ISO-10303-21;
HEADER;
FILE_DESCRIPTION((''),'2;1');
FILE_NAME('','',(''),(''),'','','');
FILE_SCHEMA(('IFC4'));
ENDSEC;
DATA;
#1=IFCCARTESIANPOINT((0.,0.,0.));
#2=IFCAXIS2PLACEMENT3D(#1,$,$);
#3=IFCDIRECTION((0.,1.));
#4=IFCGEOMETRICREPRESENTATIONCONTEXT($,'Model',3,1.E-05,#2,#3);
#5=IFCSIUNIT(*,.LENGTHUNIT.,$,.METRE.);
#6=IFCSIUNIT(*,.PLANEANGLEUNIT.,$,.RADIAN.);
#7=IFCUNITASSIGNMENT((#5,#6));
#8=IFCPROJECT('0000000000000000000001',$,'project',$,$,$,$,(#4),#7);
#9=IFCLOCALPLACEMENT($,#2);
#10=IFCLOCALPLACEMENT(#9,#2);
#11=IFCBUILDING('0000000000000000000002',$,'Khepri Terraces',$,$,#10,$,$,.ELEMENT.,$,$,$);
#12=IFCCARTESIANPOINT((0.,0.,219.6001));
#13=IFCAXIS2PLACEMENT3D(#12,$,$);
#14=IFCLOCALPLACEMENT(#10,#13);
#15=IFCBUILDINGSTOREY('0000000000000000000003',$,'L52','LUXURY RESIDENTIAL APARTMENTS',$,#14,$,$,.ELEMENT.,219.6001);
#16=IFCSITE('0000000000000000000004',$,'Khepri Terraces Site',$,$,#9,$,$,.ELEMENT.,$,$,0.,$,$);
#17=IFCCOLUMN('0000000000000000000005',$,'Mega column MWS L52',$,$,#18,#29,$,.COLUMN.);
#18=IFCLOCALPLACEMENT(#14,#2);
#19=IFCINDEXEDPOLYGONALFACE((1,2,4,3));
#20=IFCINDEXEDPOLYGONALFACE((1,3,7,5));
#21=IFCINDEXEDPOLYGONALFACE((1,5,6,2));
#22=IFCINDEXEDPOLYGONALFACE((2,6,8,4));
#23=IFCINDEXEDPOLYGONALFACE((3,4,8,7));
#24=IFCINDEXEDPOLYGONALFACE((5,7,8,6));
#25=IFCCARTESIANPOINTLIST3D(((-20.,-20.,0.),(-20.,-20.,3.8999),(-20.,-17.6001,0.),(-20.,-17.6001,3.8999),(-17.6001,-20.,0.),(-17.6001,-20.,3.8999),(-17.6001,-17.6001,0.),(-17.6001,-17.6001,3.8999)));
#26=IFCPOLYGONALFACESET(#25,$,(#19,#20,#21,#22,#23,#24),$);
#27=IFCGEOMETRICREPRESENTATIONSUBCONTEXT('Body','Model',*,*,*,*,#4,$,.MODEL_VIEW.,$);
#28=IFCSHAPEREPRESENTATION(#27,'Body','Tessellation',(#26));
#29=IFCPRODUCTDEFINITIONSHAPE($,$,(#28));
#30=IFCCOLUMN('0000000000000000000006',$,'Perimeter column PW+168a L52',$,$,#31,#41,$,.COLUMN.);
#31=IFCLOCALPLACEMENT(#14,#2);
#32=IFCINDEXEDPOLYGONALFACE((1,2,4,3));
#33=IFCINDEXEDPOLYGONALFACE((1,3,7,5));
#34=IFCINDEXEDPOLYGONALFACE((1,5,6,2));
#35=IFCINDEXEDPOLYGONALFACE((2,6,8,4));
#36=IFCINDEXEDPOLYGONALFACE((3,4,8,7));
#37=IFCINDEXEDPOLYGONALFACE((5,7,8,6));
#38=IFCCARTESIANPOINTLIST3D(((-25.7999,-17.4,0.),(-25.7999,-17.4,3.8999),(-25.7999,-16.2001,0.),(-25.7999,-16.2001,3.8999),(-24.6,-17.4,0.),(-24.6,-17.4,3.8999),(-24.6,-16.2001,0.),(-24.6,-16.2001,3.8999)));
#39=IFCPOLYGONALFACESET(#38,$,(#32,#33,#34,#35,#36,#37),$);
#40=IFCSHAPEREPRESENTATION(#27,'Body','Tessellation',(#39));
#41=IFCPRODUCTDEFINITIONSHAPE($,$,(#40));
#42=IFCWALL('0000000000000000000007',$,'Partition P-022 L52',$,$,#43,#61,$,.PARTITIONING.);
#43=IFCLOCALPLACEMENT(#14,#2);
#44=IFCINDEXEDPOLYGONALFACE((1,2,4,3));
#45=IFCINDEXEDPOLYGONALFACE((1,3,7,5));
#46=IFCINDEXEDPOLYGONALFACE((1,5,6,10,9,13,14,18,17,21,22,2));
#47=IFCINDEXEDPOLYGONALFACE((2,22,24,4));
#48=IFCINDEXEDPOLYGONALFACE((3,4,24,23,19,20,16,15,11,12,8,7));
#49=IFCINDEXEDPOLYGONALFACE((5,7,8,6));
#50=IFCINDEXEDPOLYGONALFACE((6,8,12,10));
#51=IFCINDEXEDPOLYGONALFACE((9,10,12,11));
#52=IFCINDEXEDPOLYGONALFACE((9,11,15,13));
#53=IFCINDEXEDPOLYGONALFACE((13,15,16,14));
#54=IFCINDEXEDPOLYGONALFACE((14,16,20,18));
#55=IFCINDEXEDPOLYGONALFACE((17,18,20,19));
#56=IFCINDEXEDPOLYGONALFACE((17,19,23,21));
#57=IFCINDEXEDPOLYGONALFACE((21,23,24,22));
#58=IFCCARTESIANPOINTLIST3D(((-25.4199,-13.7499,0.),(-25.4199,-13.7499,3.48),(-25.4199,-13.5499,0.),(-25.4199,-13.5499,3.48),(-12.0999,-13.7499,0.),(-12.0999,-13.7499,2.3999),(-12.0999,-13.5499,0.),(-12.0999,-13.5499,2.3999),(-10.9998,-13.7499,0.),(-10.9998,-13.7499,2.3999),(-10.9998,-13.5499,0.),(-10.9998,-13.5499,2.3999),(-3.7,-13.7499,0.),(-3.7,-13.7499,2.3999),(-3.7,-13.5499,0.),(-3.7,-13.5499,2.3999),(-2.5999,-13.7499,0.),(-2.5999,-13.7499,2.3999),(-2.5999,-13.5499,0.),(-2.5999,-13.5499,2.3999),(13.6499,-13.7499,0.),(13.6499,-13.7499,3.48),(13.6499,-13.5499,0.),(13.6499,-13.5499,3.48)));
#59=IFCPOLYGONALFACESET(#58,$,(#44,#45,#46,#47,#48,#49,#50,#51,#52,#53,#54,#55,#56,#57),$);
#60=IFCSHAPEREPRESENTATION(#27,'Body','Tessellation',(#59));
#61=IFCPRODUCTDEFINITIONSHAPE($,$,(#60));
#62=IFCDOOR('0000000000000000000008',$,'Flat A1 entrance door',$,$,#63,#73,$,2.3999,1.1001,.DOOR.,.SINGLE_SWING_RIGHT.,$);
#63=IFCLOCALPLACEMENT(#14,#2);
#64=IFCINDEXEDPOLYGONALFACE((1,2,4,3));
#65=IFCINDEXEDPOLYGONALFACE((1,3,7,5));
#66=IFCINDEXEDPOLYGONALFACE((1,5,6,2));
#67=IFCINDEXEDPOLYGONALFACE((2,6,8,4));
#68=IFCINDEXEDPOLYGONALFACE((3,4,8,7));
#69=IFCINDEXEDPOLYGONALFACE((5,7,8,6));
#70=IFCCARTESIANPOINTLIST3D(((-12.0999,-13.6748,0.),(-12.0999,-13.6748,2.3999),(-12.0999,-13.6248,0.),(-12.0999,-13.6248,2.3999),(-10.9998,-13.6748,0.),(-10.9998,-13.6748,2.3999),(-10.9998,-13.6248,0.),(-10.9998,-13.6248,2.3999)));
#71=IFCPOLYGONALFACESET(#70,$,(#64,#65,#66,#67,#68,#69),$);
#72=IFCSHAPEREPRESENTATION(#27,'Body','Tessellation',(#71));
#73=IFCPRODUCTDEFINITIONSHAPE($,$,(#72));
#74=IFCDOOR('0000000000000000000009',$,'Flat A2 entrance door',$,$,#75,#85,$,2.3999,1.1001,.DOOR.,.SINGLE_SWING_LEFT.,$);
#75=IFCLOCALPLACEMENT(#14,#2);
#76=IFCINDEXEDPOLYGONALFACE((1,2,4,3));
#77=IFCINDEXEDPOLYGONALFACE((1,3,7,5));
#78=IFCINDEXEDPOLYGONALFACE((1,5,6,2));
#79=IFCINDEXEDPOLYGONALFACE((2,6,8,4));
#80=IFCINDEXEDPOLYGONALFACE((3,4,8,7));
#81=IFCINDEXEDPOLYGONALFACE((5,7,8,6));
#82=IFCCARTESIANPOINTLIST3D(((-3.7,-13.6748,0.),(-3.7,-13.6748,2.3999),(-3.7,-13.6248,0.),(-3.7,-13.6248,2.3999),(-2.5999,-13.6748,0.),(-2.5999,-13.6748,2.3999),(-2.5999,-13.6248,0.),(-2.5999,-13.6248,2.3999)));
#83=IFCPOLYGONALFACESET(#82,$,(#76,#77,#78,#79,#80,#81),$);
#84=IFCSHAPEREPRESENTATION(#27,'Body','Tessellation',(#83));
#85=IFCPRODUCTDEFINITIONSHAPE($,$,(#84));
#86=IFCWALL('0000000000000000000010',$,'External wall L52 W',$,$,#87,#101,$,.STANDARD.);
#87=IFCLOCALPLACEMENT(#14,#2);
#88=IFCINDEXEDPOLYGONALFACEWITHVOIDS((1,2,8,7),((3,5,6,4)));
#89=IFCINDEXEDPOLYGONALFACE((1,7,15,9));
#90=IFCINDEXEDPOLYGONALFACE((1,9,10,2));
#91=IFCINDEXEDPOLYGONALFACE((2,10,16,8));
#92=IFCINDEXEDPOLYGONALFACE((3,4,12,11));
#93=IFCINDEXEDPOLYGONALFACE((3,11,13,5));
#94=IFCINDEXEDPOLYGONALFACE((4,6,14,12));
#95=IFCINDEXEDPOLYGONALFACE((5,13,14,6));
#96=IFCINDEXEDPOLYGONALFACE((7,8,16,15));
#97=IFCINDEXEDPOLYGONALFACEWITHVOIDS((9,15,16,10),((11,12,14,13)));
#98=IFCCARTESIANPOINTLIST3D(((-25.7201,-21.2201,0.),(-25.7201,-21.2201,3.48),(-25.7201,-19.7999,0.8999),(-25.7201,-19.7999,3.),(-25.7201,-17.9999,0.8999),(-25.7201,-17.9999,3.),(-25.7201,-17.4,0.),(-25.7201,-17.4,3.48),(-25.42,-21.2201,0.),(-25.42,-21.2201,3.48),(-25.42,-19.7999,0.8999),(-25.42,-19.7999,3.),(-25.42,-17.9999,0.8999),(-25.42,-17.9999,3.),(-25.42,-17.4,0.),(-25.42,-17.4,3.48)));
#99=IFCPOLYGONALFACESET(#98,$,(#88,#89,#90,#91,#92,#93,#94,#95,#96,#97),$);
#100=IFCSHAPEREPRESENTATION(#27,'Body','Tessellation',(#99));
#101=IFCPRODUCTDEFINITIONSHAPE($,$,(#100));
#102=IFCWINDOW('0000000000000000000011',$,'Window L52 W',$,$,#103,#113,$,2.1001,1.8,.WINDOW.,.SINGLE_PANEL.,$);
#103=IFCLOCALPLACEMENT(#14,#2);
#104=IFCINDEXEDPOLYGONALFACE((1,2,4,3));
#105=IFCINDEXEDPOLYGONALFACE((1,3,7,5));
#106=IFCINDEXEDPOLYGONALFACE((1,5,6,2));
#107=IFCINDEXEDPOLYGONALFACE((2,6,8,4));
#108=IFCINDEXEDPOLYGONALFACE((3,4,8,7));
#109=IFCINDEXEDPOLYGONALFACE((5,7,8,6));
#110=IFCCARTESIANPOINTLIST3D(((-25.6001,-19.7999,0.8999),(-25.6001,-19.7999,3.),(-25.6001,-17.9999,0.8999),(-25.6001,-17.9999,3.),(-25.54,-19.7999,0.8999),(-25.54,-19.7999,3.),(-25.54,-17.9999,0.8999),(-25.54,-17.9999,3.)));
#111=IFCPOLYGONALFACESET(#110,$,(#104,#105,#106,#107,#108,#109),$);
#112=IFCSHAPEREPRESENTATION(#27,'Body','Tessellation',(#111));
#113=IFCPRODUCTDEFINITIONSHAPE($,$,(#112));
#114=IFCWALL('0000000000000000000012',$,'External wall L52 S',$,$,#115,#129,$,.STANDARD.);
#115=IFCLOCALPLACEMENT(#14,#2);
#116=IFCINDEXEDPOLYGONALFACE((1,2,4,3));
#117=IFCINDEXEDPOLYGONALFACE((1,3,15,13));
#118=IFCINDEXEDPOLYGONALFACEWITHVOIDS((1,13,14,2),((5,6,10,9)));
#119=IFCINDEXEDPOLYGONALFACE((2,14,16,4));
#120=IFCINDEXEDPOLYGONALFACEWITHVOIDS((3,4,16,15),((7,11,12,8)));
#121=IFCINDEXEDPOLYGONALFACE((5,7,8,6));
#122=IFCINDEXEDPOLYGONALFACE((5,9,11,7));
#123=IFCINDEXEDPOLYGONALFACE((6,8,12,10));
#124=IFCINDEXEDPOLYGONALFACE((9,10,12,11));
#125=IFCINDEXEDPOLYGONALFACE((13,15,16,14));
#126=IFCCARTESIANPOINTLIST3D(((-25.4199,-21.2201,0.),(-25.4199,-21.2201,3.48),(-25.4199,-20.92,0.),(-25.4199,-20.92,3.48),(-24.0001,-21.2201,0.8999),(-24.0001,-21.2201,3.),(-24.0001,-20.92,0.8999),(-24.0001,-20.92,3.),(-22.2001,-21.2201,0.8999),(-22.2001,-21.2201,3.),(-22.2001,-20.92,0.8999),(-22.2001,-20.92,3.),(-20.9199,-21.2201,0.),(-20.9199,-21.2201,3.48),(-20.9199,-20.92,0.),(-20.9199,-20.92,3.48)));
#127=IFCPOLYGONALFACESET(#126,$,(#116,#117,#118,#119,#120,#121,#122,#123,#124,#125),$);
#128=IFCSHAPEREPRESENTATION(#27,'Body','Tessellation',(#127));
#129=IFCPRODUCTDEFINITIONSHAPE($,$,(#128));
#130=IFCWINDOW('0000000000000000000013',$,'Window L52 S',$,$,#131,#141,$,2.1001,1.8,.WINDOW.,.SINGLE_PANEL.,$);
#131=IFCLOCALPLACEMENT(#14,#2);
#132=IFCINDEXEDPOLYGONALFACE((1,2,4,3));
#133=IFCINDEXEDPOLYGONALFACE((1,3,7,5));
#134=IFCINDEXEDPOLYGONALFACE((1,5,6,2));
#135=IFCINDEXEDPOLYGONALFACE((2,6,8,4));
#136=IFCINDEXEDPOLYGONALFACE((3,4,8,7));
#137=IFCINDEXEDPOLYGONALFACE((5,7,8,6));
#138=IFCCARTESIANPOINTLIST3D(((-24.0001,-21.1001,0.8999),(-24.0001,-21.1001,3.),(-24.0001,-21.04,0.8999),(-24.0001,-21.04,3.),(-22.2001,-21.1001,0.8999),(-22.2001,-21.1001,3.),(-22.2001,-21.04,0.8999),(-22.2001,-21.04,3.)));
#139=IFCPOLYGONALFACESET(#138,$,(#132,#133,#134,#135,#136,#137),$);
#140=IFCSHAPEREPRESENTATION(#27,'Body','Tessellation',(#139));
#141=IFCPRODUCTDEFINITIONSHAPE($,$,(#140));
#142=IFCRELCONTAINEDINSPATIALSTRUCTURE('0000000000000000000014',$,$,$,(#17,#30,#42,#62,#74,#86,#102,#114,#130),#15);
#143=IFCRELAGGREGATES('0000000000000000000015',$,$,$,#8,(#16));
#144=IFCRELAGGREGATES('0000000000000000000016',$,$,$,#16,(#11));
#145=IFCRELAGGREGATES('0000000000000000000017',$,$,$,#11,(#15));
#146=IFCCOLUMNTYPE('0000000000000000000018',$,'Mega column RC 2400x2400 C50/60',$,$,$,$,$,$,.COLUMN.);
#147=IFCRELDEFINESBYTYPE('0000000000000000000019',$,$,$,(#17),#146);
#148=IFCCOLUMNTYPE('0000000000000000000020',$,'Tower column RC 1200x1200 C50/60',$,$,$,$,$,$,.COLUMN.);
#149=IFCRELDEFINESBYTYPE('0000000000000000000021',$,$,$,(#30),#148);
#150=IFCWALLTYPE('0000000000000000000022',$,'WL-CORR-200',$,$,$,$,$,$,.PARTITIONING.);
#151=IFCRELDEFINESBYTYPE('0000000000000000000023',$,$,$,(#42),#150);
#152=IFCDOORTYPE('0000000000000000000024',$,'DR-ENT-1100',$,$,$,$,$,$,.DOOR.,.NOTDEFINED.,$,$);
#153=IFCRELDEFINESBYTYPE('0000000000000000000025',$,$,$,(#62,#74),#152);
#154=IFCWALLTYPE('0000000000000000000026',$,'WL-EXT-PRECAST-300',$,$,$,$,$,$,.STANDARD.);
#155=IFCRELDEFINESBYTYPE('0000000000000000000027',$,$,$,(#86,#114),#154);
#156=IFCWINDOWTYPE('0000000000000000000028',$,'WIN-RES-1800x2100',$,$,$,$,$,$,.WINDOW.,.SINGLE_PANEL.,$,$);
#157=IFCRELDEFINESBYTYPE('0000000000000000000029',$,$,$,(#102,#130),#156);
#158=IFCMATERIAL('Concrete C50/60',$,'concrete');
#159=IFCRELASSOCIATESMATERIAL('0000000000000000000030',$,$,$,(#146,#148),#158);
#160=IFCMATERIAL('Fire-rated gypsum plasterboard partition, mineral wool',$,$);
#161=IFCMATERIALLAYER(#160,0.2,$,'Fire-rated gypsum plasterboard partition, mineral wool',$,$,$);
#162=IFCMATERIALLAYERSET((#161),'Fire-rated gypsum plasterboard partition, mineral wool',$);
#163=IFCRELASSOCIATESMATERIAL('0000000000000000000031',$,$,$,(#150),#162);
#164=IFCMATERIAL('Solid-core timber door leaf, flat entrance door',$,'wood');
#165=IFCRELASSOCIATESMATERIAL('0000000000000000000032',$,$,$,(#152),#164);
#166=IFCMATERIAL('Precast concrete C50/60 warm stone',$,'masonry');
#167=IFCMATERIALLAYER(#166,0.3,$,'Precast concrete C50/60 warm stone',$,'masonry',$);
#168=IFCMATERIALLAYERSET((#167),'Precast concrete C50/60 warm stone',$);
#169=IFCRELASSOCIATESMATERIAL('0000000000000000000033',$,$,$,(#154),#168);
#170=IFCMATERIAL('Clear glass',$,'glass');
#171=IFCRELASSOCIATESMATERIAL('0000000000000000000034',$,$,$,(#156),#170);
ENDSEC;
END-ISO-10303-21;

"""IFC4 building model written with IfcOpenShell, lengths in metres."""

from ifc_helpers import new_model, si_unit, direction, frame, frame_2d, origin, origin_2d, place, context, subcontext, project, spatial, rectangle, extrude, material, layer, layer_set, material_profile, profile_set, type_object, element, fill, save


model = new_model("IFC4")

# Units and contexts
model_context = context("Model", 3, precision=1e-05, world=origin(), true_north=direction((0.0, 1.0)))
body_context = subcontext(model_context, "Body", "Model", "MODEL_VIEW")
ifc_project = project(units=[si_unit("LENGTHUNIT", "METRE"), si_unit("PLANEANGLEUNIT", "RADIAN")], contexts=[model_context])

# Site, building, storey
site_placement = place(None, origin())
site = spatial("IfcSite", under=ifc_project, at=site_placement, Name="Khepri Terraces Site", CompositionType="ELEMENT", RefElevation=0.0)
building_placement = place(site_placement, origin())
building = spatial("IfcBuilding", under=site, at=building_placement, Name="Khepri Terraces", CompositionType="ELEMENT")
storey_placement = place(building_placement, frame((0.0, 0.0, 219.6001)))
storey = spatial("IfcBuildingStorey", under=building, at=storey_placement, Name="L52", Description="LUXURY RESIDENTIAL APARTMENTS", CompositionType="ELEMENT", Elevation=219.6001)

# Columns
ifc_material_1 = material(Name="Concrete C50/60", Category="concrete")
ifc_material_profile_1 = material_profile(ifc_material_1, rectangle(XDim=2.3999, YDim=2.3999, at=origin_2d()), Name="Concrete C50/60", Category="concrete")
ifc_profile_set_1 = profile_set([ifc_material_profile_1], Name="Concrete C50/60")
column_type_1 = type_object("IfcColumnType", Name="Mega column RC 2400x2400 C50/60", PredefinedType="COLUMN", material=ifc_profile_set_1)
column_1_placement = place(storey_placement, frame((-18.8, -18.8, 0.0), z_axis=(0.0, 0.0, 1.0), x_axis=(1.0, 0.0, 0.0)))
element("IfcColumn", 1, at=column_1_placement, inside=storey, type_object=column_type_1, Name="Mega column MWS L52", PredefinedType="COLUMN", context=body_context, shape_type="SweptSolid", body=[
    extrude(rectangle(XDim=2.3999, YDim=2.3999, at=origin_2d()), origin(), (0.0, 0.0, 1.0), 3.8999),
])
ifc_material_profile_2 = material_profile(ifc_material_1, rectangle(XDim=1.2, YDim=1.2, at=origin_2d()), Name="Concrete C50/60", Category="concrete")
ifc_profile_set_2 = profile_set([ifc_material_profile_2], Name="Concrete C50/60")
column_type_2 = type_object("IfcColumnType", Name="Tower column RC 1200x1200 C50/60", PredefinedType="COLUMN", material=ifc_profile_set_2)
column_2_placement = place(storey_placement, frame((-25.2, -16.8, 0.0), z_axis=(0.0, 0.0, 1.0), x_axis=(1.0, 0.0, 0.0)))
element("IfcColumn", 2, at=column_2_placement, inside=storey, type_object=column_type_2, Name="Perimeter column PW+168a L52", PredefinedType="COLUMN", context=body_context, shape_type="SweptSolid", body=[
    extrude(rectangle(XDim=1.2, YDim=1.2, at=origin_2d()), origin(), (0.0, 0.0, 1.0), 3.8999),
])

# Wall, openings, doors
ifc_material_2 = material(Name="Fire-rated gypsum plasterboard partition, mineral wool")
ifc_layer_1 = layer(ifc_material_2, 0.2, Name="Fire-rated gypsum plasterboard partition, mineral wool")
ifc_layer_set_1 = layer_set([ifc_layer_1], Name="Fire-rated gypsum plasterboard partition, mineral wool")
wall_type_1 = type_object("IfcWallType", Name="WL-CORR-200", PredefinedType="PARTITIONING", material=ifc_layer_set_1)
wall_1_placement = place(storey_placement, frame((-25.4199, -13.6499, 0.0), z_axis=(0.0, 0.0, 1.0), x_axis=(1.0, 0.0, 0.0)))
wall_1 = element("IfcWall", 3, at=wall_1_placement, inside=storey, type_object=wall_type_1, Name="Partition P-022 L52", PredefinedType="PARTITIONING", context=body_context, shape_type="SweptSolid", body=[
    extrude(rectangle(XDim=39.0698, YDim=0.2, at=frame_2d((19.5349, 0.0))), origin(), (0.0, 0.0, 1.0), 3.48),
])
opening_1_placement = place(wall_1_placement, frame((13.3201, 0.0, 0.0)))
opening_1 = element("IfcOpeningElement", 4, at=opening_1_placement, cuts=wall_1, PredefinedType="OPENING", context=body_context, shape_type="SweptSolid", body=[
    extrude(rectangle(XDim=1.1001, YDim=2.3999, at=frame_2d((0.55, 1.2))), frame((0.0, 0.1099, 0.0), z_axis=(0.0, -1.0, 0.0), x_axis=(1.0, 0.0, 0.0)), (0.0, 0.0, 1.0), 0.22),
])
opening_2_placement = place(wall_1_placement, frame((21.72, 0.0, 0.0)))
opening_2 = element("IfcOpeningElement", 5, at=opening_2_placement, cuts=wall_1, PredefinedType="OPENING", context=body_context, shape_type="SweptSolid", body=[
    extrude(rectangle(XDim=1.1001, YDim=2.3999, at=frame_2d((0.55, 1.2))), frame((0.0, 0.1099, 0.0), z_axis=(0.0, -1.0, 0.0), x_axis=(1.0, 0.0, 0.0)), (0.0, 0.0, 1.0), 0.22),
])
ifc_material_3 = material(Name="Solid-core timber door leaf, flat entrance door", Category="wood")
door_type_1 = type_object("IfcDoorType", Name="DR-ENT-1100", OperationType="NOTDEFINED", PredefinedType="DOOR", material=ifc_material_3)
door_1_placement = place(opening_1_placement, frame((1.1001, 0.0, 0.0), z_axis=(0.0, 0.0, 1.0), x_axis=(-1.0, 0.0, 0.0)))
door_1 = element("IfcDoor", 6, at=door_1_placement, inside=storey, type_object=door_type_1, Name="Flat A1 entrance door", OperationType="SINGLE_SWING_RIGHT", OverallHeight=2.3999, OverallWidth=1.1001, PredefinedType="DOOR", context=body_context, shape_type="SweptSolid", body=[
    extrude(rectangle(XDim=1.1001, YDim=2.3999, at=frame_2d((0.55, 1.2))), frame((0.0, 0.0249, 0.0), z_axis=(0.0, -1.0, 0.0), x_axis=(1.0, 0.0, 0.0)), (0.0, 0.0, 1.0), 0.05),
])
fill(opening_1, door_1)
door_2_placement = place(opening_2_placement, frame((1.1001, 0.0, 0.0), z_axis=(0.0, 0.0, 1.0), x_axis=(-1.0, 0.0, 0.0)))
door_2 = element("IfcDoor", 7, at=door_2_placement, inside=storey, type_object=door_type_1, Name="Flat A2 entrance door", OperationType="SINGLE_SWING_LEFT", OverallHeight=2.3999, OverallWidth=1.1001, PredefinedType="DOOR", context=body_context, shape_type="SweptSolid", body=[
    extrude(rectangle(XDim=1.1001, YDim=2.3999, at=frame_2d((0.55, 1.2))), frame((0.0, 0.0249, 0.0), z_axis=(0.0, -1.0, 0.0), x_axis=(1.0, 0.0, 0.0)), (0.0, 0.0, 1.0), 0.05),
])
fill(opening_2, door_2)

# Walls, openings, windows
ifc_material_4 = material(Name="Precast concrete C50/60 warm stone", Category="masonry")
ifc_layer_2 = layer(ifc_material_4, 0.3, Name="Precast concrete C50/60 warm stone", Category="masonry")
ifc_layer_set_2 = layer_set([ifc_layer_2], Name="Precast concrete C50/60 warm stone")
wall_type_2 = type_object("IfcWallType", Name="WL-EXT-PRECAST-300", PredefinedType="STANDARD", material=ifc_layer_set_2)
wall_2_placement = place(storey_placement, frame((-25.5701, -17.3999, 0.0), z_axis=(0.0, 0.0, 1.0), x_axis=(0.0, -1.0, 0.0)))
wall_2 = element("IfcWall", 8, at=wall_2_placement, inside=storey, type_object=wall_type_2, Name="External wall L52 W", PredefinedType="STANDARD", context=body_context, shape_type="SweptSolid", body=[
    extrude(rectangle(XDim=3.8201, YDim=0.3, at=frame_2d((1.9102, 0.0))), origin(), (0.0, 0.0, 1.0), 3.48),
])
opening_3_placement = place(wall_2_placement, frame((0.6001, 0.0, 0.8999)))
opening_3 = element("IfcOpeningElement", 9, at=opening_3_placement, cuts=wall_2, PredefinedType="OPENING", context=body_context, shape_type="SweptSolid", body=[
    extrude(rectangle(XDim=1.8, YDim=2.1001, at=frame_2d((0.8999, 1.05))), frame((0.0, 0.1602, 0.0), z_axis=(0.0, -1.0, 0.0), x_axis=(1.0, 0.0, 0.0)), (0.0, 0.0, 1.0), 0.3201),
])
ifc_material_5 = material(Name="Clear glass", Category="glass")
window_type = type_object("IfcWindowType", Name="WIN-RES-1800x2100", PartitioningType="SINGLE_PANEL", PredefinedType="WINDOW", material=ifc_material_5)
window_1_placement = place(opening_3_placement, origin())
window_1 = element("IfcWindow", 10, at=window_1_placement, inside=storey, type_object=window_type, Name="Window L52 W", OverallHeight=2.1001, OverallWidth=1.8, PartitioningType="SINGLE_PANEL", PredefinedType="WINDOW", context=body_context, shape_type="SweptSolid", body=[
    extrude(rectangle(XDim=1.8, YDim=2.1001, at=frame_2d((0.8999, 1.05))), frame((0.0, 0.03, 0.0), z_axis=(0.0, -1.0, 0.0), x_axis=(1.0, 0.0, 0.0)), (0.0, 0.0, 1.0), 0.0601),
])
fill(opening_3, window_1)
wall_3_placement = place(storey_placement, frame((-25.4199, -21.0701, 0.0), z_axis=(0.0, 0.0, 1.0), x_axis=(1.0, 0.0, 0.0)))
wall_3 = element("IfcWall", 11, at=wall_3_placement, inside=storey, type_object=wall_type_2, Name="External wall L52 S", PredefinedType="STANDARD", context=body_context, shape_type="SweptSolid", body=[
    extrude(rectangle(XDim=4.5, YDim=0.3, at=frame_2d((2.25, 0.0))), origin(), (0.0, 0.0, 1.0), 3.48),
])
opening_4_placement = place(wall_3_placement, frame((1.4199, 0.0, 0.8999)))
opening_4 = element("IfcOpeningElement", 12, at=opening_4_placement, cuts=wall_3, PredefinedType="OPENING", context=body_context, shape_type="SweptSolid", body=[
    extrude(rectangle(XDim=1.8, YDim=2.1001, at=frame_2d((0.8999, 1.05))), frame((0.0, 0.1602, 0.0), z_axis=(0.0, -1.0, 0.0), x_axis=(1.0, 0.0, 0.0)), (0.0, 0.0, 1.0), 0.3201),
])
window_2_placement = place(opening_4_placement, origin())
window_2 = element("IfcWindow", 13, at=window_2_placement, inside=storey, type_object=window_type, Name="Window L52 S", OverallHeight=2.1001, OverallWidth=1.8, PartitioningType="SINGLE_PANEL", PredefinedType="WINDOW", context=body_context, shape_type="SweptSolid", body=[
    extrude(rectangle(XDim=1.8, YDim=2.1001, at=frame_2d((0.8999, 1.05))), frame((0.0, 0.03, 0.0), z_axis=(0.0, -1.0, 0.0), x_axis=(1.0, 0.0, 0.0)), (0.0, 0.0, 1.0), 0.0601),
])
fill(opening_4, window_2)

save(model, "model.ifc")
